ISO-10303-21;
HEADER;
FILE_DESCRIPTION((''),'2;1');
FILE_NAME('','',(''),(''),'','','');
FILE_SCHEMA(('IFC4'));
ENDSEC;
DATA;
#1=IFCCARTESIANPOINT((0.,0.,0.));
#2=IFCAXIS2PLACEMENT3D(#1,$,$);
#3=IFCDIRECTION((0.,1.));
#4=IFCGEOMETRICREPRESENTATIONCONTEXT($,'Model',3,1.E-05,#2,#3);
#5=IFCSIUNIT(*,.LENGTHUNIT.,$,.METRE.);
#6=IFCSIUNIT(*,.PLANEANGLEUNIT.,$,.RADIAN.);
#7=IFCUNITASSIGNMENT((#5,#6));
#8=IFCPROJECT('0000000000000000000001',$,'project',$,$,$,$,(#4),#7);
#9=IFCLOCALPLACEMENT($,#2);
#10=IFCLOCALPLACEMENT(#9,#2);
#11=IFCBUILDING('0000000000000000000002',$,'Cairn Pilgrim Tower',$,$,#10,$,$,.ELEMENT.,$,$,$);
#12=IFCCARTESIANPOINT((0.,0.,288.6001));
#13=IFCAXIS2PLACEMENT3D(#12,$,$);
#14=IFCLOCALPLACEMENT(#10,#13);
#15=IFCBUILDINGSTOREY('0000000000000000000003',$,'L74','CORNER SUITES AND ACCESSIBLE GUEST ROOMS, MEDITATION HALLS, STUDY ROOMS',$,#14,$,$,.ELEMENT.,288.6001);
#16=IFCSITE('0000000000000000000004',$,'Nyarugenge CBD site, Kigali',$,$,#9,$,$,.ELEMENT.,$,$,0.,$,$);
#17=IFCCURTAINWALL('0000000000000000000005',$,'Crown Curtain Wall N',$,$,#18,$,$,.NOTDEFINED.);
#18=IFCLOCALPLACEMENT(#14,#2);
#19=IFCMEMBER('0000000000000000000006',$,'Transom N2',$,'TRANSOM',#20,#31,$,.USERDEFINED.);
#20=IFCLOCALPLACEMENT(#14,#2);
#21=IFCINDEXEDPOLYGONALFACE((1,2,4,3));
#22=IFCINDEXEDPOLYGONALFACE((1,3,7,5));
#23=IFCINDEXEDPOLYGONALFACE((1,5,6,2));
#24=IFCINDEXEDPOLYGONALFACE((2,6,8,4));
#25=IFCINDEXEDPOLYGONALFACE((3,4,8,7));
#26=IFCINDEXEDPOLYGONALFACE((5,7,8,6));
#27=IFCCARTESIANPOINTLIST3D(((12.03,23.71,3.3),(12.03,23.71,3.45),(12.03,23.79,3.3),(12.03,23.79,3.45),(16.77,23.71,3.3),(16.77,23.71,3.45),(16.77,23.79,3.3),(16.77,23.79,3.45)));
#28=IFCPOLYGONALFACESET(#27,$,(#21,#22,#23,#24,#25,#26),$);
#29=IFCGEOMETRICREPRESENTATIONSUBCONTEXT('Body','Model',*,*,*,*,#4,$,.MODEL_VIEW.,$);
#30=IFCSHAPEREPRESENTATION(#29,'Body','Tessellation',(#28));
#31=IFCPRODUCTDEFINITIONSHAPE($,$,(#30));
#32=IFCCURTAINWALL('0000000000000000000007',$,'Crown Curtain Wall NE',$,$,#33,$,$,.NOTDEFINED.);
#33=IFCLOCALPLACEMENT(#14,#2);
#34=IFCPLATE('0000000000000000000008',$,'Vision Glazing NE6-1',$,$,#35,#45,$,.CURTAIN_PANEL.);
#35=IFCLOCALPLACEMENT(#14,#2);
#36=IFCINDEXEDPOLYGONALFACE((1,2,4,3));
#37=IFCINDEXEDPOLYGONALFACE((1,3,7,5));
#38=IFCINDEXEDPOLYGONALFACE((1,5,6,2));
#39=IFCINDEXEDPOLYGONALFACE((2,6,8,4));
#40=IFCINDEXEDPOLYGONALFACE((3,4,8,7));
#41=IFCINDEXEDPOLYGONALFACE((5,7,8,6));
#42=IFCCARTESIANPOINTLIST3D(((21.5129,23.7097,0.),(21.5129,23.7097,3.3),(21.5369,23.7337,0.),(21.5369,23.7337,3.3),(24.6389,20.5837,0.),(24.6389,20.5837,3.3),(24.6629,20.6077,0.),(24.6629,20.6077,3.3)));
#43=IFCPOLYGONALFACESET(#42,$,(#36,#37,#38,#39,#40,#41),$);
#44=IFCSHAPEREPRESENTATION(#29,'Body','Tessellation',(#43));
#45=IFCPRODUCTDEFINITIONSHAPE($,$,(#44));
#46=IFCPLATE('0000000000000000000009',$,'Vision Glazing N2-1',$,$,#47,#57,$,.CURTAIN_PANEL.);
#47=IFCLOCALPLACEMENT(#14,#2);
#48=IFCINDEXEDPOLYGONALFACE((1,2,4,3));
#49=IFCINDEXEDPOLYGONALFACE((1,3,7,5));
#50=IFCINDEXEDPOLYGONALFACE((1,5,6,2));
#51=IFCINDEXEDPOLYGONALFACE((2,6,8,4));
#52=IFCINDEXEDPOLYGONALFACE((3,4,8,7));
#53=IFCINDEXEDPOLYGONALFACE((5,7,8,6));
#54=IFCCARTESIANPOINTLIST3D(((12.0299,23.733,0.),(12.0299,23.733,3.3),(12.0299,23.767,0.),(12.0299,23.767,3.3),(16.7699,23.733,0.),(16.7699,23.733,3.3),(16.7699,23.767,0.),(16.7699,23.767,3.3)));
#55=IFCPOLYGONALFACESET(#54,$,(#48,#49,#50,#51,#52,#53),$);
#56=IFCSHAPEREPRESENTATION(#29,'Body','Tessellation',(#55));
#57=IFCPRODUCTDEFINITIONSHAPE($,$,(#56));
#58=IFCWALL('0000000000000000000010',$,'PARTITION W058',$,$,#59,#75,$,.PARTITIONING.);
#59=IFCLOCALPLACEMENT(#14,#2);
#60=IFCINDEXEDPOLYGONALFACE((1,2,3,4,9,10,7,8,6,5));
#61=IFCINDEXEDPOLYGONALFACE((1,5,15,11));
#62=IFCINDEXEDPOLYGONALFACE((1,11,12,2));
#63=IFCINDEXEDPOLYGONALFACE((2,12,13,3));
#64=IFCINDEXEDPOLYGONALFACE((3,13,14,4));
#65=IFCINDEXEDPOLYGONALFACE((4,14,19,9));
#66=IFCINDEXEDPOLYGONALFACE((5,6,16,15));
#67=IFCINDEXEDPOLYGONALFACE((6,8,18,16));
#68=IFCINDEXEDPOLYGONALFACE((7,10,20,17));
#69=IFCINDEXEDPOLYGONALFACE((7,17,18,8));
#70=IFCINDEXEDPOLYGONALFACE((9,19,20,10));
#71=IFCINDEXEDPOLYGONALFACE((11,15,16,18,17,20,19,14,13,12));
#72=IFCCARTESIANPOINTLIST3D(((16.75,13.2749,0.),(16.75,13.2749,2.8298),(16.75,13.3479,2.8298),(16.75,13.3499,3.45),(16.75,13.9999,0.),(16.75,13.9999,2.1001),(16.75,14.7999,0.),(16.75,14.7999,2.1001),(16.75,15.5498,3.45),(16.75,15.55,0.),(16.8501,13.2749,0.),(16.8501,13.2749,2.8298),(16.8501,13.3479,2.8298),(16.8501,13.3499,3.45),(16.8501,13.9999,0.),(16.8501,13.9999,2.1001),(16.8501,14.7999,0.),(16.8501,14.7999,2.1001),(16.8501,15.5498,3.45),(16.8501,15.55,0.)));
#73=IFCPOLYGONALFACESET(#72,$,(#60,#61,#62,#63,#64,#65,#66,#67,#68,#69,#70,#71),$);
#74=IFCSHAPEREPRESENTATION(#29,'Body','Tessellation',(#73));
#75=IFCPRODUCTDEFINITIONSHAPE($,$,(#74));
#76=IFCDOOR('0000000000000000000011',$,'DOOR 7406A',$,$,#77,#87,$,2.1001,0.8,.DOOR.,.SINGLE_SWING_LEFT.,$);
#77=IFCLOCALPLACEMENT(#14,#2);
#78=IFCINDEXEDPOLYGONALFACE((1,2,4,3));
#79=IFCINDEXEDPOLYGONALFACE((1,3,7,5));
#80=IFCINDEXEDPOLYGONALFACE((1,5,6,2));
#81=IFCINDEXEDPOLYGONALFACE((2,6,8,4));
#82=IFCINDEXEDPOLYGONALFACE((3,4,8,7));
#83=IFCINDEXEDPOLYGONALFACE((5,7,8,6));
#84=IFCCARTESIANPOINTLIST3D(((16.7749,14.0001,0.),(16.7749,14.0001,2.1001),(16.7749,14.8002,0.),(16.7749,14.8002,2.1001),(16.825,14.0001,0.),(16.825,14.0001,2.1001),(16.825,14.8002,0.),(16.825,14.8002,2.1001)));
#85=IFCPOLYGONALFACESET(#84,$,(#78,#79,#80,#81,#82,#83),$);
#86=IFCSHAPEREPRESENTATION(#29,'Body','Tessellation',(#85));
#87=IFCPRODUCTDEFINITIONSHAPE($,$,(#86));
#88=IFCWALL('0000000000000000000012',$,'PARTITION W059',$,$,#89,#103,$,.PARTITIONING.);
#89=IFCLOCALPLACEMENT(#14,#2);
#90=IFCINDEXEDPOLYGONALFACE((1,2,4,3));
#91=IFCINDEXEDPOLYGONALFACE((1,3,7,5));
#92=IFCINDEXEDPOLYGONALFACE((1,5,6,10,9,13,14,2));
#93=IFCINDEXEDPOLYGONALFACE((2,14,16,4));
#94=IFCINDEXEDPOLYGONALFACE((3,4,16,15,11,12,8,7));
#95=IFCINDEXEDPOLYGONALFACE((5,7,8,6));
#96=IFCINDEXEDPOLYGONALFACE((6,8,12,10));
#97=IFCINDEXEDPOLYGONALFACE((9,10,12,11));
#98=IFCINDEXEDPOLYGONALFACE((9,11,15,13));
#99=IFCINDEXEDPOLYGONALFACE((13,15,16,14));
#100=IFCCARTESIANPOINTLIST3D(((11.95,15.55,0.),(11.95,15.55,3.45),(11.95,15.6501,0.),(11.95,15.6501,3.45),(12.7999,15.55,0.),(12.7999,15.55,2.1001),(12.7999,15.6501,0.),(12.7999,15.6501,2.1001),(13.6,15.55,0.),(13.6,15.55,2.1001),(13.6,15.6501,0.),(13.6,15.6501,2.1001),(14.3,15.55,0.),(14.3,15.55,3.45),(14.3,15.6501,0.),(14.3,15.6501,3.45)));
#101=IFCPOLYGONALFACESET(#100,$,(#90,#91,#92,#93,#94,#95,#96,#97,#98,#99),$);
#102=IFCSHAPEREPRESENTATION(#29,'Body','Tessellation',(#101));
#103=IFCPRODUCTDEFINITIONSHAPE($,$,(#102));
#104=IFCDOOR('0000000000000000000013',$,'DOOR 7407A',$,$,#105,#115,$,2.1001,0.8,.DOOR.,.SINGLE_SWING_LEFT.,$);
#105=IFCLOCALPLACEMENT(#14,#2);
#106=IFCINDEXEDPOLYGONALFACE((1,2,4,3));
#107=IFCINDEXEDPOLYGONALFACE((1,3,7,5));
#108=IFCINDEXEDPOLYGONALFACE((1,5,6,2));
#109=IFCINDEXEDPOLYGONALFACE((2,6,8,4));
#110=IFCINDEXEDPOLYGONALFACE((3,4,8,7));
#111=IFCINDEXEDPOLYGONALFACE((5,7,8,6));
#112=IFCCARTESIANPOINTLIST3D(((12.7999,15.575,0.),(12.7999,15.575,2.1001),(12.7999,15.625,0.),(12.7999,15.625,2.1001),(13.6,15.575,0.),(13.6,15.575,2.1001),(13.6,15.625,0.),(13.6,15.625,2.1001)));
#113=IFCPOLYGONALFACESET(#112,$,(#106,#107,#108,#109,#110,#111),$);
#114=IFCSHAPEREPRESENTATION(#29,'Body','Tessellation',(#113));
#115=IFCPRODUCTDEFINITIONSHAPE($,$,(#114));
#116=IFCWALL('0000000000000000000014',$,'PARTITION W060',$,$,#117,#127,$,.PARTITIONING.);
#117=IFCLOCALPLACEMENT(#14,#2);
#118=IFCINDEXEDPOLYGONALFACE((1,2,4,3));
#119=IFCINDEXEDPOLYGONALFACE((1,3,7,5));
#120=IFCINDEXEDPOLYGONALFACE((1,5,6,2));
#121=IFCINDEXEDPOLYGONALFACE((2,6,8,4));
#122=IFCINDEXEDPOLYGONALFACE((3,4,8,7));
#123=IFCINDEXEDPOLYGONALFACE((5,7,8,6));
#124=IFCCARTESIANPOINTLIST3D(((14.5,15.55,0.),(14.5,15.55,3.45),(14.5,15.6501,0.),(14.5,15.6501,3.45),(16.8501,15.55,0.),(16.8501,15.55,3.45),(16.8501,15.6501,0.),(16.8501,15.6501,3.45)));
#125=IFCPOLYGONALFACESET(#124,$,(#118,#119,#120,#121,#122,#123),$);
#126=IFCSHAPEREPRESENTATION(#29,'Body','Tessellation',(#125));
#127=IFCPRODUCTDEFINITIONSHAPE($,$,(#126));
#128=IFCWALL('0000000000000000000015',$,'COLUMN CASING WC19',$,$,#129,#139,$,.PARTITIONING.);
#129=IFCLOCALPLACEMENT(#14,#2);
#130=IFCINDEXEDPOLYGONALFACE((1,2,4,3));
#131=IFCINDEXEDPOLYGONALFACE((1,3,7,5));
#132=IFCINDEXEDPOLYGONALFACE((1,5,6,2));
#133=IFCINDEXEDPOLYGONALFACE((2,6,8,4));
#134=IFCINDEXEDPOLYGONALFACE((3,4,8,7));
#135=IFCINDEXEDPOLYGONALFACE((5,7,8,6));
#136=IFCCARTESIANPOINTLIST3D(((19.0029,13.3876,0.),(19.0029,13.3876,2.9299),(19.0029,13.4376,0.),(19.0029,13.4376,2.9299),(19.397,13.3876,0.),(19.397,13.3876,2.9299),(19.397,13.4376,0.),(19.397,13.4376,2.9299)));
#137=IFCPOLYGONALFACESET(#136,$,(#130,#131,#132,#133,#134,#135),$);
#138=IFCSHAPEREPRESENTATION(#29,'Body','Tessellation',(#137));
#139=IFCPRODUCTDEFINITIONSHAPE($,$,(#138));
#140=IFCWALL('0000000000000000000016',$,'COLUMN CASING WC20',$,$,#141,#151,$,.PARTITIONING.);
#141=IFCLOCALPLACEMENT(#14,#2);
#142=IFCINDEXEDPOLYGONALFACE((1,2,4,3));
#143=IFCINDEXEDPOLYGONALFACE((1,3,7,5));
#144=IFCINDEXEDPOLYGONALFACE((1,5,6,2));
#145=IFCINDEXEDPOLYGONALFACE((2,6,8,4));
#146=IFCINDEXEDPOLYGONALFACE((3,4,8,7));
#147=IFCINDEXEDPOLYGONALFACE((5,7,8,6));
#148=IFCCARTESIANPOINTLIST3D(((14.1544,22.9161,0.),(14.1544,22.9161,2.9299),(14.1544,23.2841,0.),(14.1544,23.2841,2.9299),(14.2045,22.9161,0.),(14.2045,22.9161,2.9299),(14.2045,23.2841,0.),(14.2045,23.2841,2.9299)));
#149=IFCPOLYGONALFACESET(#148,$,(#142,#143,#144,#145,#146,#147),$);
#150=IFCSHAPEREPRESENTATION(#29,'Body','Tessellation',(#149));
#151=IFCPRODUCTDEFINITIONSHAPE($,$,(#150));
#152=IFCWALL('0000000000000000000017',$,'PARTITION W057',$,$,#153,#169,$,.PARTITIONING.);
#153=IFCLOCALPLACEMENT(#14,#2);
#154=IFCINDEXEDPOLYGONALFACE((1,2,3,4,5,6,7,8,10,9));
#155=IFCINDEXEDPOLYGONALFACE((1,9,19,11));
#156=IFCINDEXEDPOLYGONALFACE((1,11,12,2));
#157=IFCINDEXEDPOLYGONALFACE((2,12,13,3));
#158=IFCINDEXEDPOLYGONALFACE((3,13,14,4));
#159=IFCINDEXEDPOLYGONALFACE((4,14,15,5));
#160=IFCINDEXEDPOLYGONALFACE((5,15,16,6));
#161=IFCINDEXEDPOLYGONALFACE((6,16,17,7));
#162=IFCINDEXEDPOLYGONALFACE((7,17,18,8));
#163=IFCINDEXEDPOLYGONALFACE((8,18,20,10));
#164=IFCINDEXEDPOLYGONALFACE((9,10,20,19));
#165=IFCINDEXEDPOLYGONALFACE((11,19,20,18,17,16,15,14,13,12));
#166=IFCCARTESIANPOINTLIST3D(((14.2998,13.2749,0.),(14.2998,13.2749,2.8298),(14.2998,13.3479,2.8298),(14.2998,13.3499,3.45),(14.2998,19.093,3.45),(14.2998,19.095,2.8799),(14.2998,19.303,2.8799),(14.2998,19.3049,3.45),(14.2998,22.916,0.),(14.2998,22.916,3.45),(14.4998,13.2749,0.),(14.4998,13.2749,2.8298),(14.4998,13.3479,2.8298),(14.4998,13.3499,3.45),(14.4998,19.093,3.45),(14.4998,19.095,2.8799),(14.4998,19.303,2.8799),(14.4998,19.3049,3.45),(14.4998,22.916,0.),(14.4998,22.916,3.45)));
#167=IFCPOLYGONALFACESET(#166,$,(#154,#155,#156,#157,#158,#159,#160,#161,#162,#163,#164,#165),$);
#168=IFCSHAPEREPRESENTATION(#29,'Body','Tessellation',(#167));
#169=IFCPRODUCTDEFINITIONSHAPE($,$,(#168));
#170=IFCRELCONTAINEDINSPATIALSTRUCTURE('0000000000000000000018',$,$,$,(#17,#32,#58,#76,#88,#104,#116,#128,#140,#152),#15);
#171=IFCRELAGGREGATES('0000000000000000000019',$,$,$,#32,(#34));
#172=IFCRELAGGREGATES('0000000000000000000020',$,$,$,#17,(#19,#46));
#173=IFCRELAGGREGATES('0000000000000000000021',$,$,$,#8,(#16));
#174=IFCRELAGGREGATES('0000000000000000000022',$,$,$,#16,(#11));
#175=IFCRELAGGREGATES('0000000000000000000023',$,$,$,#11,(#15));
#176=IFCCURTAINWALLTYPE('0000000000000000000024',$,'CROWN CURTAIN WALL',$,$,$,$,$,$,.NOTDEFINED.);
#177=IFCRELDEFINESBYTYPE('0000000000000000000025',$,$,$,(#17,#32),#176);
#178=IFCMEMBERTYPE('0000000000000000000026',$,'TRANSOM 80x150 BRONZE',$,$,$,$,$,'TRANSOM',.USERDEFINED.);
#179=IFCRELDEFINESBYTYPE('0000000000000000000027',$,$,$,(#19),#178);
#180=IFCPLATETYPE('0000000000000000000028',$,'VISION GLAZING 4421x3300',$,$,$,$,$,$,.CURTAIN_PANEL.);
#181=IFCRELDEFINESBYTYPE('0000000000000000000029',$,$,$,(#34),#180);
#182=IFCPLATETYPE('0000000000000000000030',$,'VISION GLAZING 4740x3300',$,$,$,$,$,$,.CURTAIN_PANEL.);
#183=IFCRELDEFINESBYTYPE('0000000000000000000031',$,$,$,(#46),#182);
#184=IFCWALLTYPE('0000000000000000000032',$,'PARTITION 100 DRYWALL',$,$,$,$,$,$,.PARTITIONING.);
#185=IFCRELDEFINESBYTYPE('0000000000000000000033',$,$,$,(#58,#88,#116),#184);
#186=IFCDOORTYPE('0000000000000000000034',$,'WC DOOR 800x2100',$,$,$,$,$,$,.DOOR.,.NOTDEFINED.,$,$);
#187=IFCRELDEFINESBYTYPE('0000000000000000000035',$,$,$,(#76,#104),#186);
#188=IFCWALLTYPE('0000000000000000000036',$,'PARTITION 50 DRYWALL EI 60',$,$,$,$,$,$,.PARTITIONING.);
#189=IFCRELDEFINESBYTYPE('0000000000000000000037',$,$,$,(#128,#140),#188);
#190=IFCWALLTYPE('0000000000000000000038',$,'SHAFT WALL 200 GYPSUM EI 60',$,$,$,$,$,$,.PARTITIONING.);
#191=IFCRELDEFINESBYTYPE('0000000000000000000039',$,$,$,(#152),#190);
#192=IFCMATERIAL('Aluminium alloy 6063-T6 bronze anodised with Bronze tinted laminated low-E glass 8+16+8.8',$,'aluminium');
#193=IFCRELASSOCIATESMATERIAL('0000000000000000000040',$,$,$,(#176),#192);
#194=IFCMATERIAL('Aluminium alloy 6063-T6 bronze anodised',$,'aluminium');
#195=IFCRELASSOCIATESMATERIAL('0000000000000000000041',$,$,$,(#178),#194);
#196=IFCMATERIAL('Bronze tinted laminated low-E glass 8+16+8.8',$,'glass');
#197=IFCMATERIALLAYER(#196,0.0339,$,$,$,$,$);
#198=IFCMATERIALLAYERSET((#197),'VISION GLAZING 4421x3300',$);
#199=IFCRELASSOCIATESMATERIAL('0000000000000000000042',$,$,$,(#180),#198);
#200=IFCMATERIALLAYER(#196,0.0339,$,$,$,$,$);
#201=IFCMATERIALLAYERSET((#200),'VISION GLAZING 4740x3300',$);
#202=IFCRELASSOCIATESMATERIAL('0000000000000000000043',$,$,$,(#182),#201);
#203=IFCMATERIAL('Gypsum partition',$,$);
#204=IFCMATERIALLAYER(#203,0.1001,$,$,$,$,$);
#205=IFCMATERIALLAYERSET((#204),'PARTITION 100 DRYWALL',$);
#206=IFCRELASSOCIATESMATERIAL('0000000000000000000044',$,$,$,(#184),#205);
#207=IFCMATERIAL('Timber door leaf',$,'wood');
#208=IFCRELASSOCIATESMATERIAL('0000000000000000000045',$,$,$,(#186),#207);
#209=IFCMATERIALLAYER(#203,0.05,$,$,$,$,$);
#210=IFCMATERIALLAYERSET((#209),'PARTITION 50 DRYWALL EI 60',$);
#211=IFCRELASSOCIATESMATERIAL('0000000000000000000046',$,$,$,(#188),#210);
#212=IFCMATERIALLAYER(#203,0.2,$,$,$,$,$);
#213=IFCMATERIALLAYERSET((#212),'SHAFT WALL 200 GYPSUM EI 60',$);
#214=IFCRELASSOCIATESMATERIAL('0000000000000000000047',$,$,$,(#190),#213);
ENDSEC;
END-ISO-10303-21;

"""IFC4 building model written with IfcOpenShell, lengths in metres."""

from ifc_helpers import new_model, si_unit, direction, frame, frame_2d, origin, origin_2d, place, context, subcontext, project, spatial, polyline, rectangle, outline, extrude, material, layer, layer_set, material_profile, profile_set, type_object, element, fill, aggregate, save


model = new_model("IFC4")

# Units and contexts
model_context = context("Model", 3, precision=1e-05, world=origin(), true_north=direction((0.0, 1.0)))
body_context = subcontext(model_context, "Body", "Model", "MODEL_VIEW")
ifc_project = project(units=[si_unit("LENGTHUNIT", "METRE"), si_unit("PLANEANGLEUNIT", "RADIAN")], contexts=[model_context])

# Site, building, storey
site_placement = place(None, origin())
site = spatial("IfcSite", under=ifc_project, at=site_placement, Name="Nyarugenge CBD site, Kigali", CompositionType="ELEMENT", RefElevation=0.0)
building_placement = place(site_placement, origin())
building = spatial("IfcBuilding", under=site, at=building_placement, Name="Cairn Pilgrim Tower", CompositionType="ELEMENT")
storey_placement = place(building_placement, frame((0.0, 0.0, 288.6001)))
storey = spatial("IfcBuildingStorey", under=building, at=storey_placement, Name="L74", Description="CORNER SUITES AND ACCESSIBLE GUEST ROOMS, MEDITATION HALLS, STUDY ROOMS", CompositionType="ELEMENT", Elevation=288.6001)

# Curtain wall
ifc_material_1 = material(Name="Aluminium alloy 6063-T6 bronze anodised with Bronze tinted laminated low-E glass 8+16+8.8", Category="aluminium")
curtain_wall_type = type_object("IfcCurtainWallType", Name="CROWN CURTAIN WALL", PredefinedType="NOTDEFINED", material=ifc_material_1)
curtain_wall_1_placement = place(storey_placement, origin())
curtain_wall_1 = element("IfcCurtainWall", 1, at=curtain_wall_1_placement, inside=storey, type_object=curtain_wall_type, Name="Crown Curtain Wall N", PredefinedType="NOTDEFINED")
ifc_material_2 = material(Name="Aluminium alloy 6063-T6 bronze anodised", Category="aluminium")

# Member
ifc_material_profile_1 = material_profile(ifc_material_2, rectangle(XDim=0.0801, YDim=0.1499, at=origin_2d()), Name="TRANSOM 80x150 BRONZE")
ifc_profile_set_1 = profile_set([ifc_material_profile_1], Name="Aluminium alloy 6063-T6 bronze anodised")
member_type_1 = type_object("IfcMemberType", Name="TRANSOM 80x150 BRONZE", ElementType="TRANSOM", PredefinedType="USERDEFINED", material=ifc_profile_set_1)
member_1_placement = place(storey_placement, frame((16.77, 23.75, 3.375), z_axis=(-1.0, 0.0, 0.0), x_axis=(0.0, -1.0, 0.0)))
member_1 = element("IfcMember", 2, at=member_1_placement, type_object=member_type_1, Name="Transom N2", ObjectType="TRANSOM", PredefinedType="USERDEFINED", context=body_context, shape_type="SweptSolid", body=[
    extrude(rectangle(XDim=0.0801, YDim=0.1499, at=origin_2d()), origin(), (0.0, 0.0, 1.0), 4.74),
])

# Curtain wall, plate
curtain_wall_2_placement = place(storey_placement, origin())
curtain_wall_2 = element("IfcCurtainWall", 3, at=curtain_wall_2_placement, inside=storey, type_object=curtain_wall_type, Name="Crown Curtain Wall NE", PredefinedType="NOTDEFINED")
ifc_material_3 = material(Name="Bronze tinted laminated low-E glass 8+16+8.8", Category="glass")
ifc_layer_1 = layer(ifc_material_3, 0.0339)
ifc_layer_set_1 = layer_set([ifc_layer_1], Name="VISION GLAZING 4421x3300")
plate_type_1 = type_object("IfcPlateType", Name="VISION GLAZING 4421x3300", PredefinedType="CURTAIN_PANEL", material=ifc_layer_set_1)
plate_1_placement = place(storey_placement, frame((23.0879, 22.1587, 0.0), z_axis=(0.0, 0.0, 1.0), x_axis=(-0.707107, 0.707107, 0.0)))
plate_1 = element("IfcPlate", 4, at=plate_1_placement, type_object=plate_type_1, Name="Vision Glazing NE6-1", PredefinedType="CURTAIN_PANEL", context=body_context, shape_type="SweptSolid", body=[
    extrude(rectangle(XDim=4.4209, YDim=0.0339, at=origin_2d()), origin(), (0.0, 0.0, 1.0), 3.3),
])
aggregate(curtain_wall_2, [plate_1])

# Plate
ifc_layer_2 = layer(ifc_material_3, 0.0339)
ifc_layer_set_2 = layer_set([ifc_layer_2], Name="VISION GLAZING 4740x3300")
plate_type_2 = type_object("IfcPlateType", Name="VISION GLAZING 4740x3300", PredefinedType="CURTAIN_PANEL", material=ifc_layer_set_2)
plate_2_placement = place(storey_placement, frame((14.3999, 23.75, 0.0), z_axis=(0.0, 0.0, 1.0), x_axis=(-1.0, 0.0, 0.0)))
plate_2 = element("IfcPlate", 5, at=plate_2_placement, type_object=plate_type_2, Name="Vision Glazing N2-1", PredefinedType="CURTAIN_PANEL", context=body_context, shape_type="SweptSolid", body=[
    extrude(rectangle(XDim=4.74, YDim=0.0339, at=origin_2d()), origin(), (0.0, 0.0, 1.0), 3.3),
])
aggregate(curtain_wall_1, [member_1, plate_2])

# Walls, openings, doors
ifc_material_4 = material(Name="Gypsum partition")
ifc_layer_3 = layer(ifc_material_4, 0.1001)
ifc_layer_set_3 = layer_set([ifc_layer_3], Name="PARTITION 100 DRYWALL")
wall_type_1 = type_object("IfcWallType", Name="PARTITION 100 DRYWALL", PredefinedType="PARTITIONING", material=ifc_layer_set_3)
wall_1_placement = place(storey_placement, frame((16.8, 13.2749, 0.0), z_axis=(0.0, 0.0, 1.0), x_axis=(0.0, 1.0, 0.0)))
wall_1 = element("IfcWall", 6, at=wall_1_placement, inside=storey, type_object=wall_type_1, Name="PARTITION W058", PredefinedType="PARTITIONING", context=body_context, shape_type="SweptSolid", body=[
    extrude(outline(polyline([(0.0, 0.0), (2.2751, 0.0), (2.2749, 3.45), (0.075, 3.45), (0.073, 2.8298), (0.0, 2.8298), (0.0, 0.0)])), frame((0.0, 0.05, 0.0), z_axis=(0.0, -1.0, 0.0), x_axis=(1.0, 0.0, 0.0)), (0.0, 0.0, 1.0), 0.1001),
])
opening_1_placement = place(wall_1_placement, frame((0.7251, 0.0, 0.0)))
opening_1 = element("IfcOpeningElement", 7, at=opening_1_placement, cuts=wall_1, PredefinedType="OPENING", context=body_context, shape_type="SweptSolid", body=[
    extrude(rectangle(XDim=0.8, YDim=2.1001, at=frame_2d((0.3999, 1.05))), frame((0.0, 0.0601, 0.0), z_axis=(0.0, -1.0, 0.0), x_axis=(1.0, 0.0, 0.0)), (0.0, 0.0, 1.0), 0.1201),
])
ifc_material_5 = material(Name="Timber door leaf", Category="wood")
door_type_1 = type_object("IfcDoorType", Name="WC DOOR 800x2100", OperationType="NOTDEFINED", PredefinedType="DOOR", material=ifc_material_5)
door_1_placement = place(opening_1_placement, frame((0.8, 0.0, 0.0), z_axis=(0.0, 0.0, 1.0), x_axis=(-1.0, 0.0, 0.0)))
door_1 = element("IfcDoor", 8, at=door_1_placement, inside=storey, type_object=door_type_1, Name="DOOR 7406A", OperationType="SINGLE_SWING_LEFT", OverallHeight=2.1001, OverallWidth=0.8, PredefinedType="DOOR", context=body_context, shape_type="SweptSolid", body=[
    extrude(rectangle(XDim=0.8, YDim=2.1001, at=frame_2d((0.3999, 1.05))), frame((0.0, 0.0249, 0.0), z_axis=(0.0, -1.0, 0.0), x_axis=(1.0, 0.0, 0.0)), (0.0, 0.0, 1.0), 0.05),
])
fill(opening_1, door_1)
wall_2_placement = place(storey_placement, frame((11.95, 15.6001, 0.0), z_axis=(0.0, 0.0, 1.0), x_axis=(1.0, 0.0, 0.0)))
wall_2 = element("IfcWall", 9, at=wall_2_placement, inside=storey, type_object=wall_type_1, Name="PARTITION W059", PredefinedType="PARTITIONING", context=body_context, shape_type="SweptSolid", body=[
    extrude(rectangle(XDim=2.3501, YDim=0.1001, at=frame_2d((1.175, 0.0))), origin(), (0.0, 0.0, 1.0), 3.45),
])
opening_2_placement = place(wall_2_placement, frame((0.8501, 0.0, 0.0)))
opening_2 = element("IfcOpeningElement", 10, at=opening_2_placement, cuts=wall_2, PredefinedType="OPENING", context=body_context, shape_type="SweptSolid", body=[
    extrude(rectangle(XDim=0.8, YDim=2.1001, at=frame_2d((0.3999, 1.05))), frame((0.0, 0.0601, 0.0), z_axis=(0.0, -1.0, 0.0), x_axis=(1.0, 0.0, 0.0)), (0.0, 0.0, 1.0), 0.1201),
])
door_2_placement = place(opening_2_placement, origin())
door_2 = element("IfcDoor", 11, at=door_2_placement, inside=storey, type_object=door_type_1, Name="DOOR 7407A", OperationType="SINGLE_SWING_LEFT", OverallHeight=2.1001, OverallWidth=0.8, PredefinedType="DOOR", context=body_context, shape_type="SweptSolid", body=[
    extrude(rectangle(XDim=0.8, YDim=2.1001, at=frame_2d((0.3999, 1.05))), frame((0.0, 0.0249, 0.0), z_axis=(0.0, -1.0, 0.0), x_axis=(1.0, 0.0, 0.0)), (0.0, 0.0, 1.0), 0.05),
])
fill(opening_2, door_2)

# Walls
wall_3_placement = place(storey_placement, frame((14.5, 15.6001, 0.0), z_axis=(0.0, 0.0, 1.0), x_axis=(1.0, 0.0, 0.0)))
element("IfcWall", 12, at=wall_3_placement, inside=storey, type_object=wall_type_1, Name="PARTITION W060", PredefinedType="PARTITIONING", context=body_context, shape_type="SweptSolid", body=[
    extrude(rectangle(XDim=2.3501, YDim=0.1001, at=frame_2d((1.175, 0.0))), origin(), (0.0, 0.0, 1.0), 3.45),
])
ifc_layer_4 = layer(ifc_material_4, 0.05)
ifc_layer_set_4 = layer_set([ifc_layer_4], Name="PARTITION 50 DRYWALL EI 60")
wall_type_2 = type_object("IfcWallType", Name="PARTITION 50 DRYWALL EI 60", PredefinedType="PARTITIONING", material=ifc_layer_set_4)
wall_4_placement = place(storey_placement, frame((19.0029, 13.4126, 0.0), z_axis=(0.0, 0.0, 1.0), x_axis=(1.0, 0.0, 0.0)))
element("IfcWall", 13, at=wall_4_placement, inside=storey, type_object=wall_type_2, Name="COLUMN CASING WC19", PredefinedType="PARTITIONING", context=body_context, shape_type="SweptSolid", body=[
    extrude(rectangle(XDim=0.394, YDim=0.05, at=frame_2d((0.197, 0.0))), origin(), (0.0, 0.0, 1.0), 2.9299),
])
wall_5_placement = place(storey_placement, frame((14.1794, 22.916, 0.0), z_axis=(0.0, 0.0, 1.0), x_axis=(0.0, 1.0, 0.0)))
element("IfcWall", 14, at=wall_5_placement, inside=storey, type_object=wall_type_2, Name="COLUMN CASING WC20", PredefinedType="PARTITIONING", context=body_context, shape_type="SweptSolid", body=[
    extrude(rectangle(XDim=0.3679, YDim=0.05, at=frame_2d((0.1841, 0.0))), origin(), (0.0, 0.0, 1.0), 2.9299),
])
ifc_layer_5 = layer(ifc_material_4, 0.2)
ifc_layer_set_5 = layer_set([ifc_layer_5], Name="SHAFT WALL 200 GYPSUM EI 60")
wall_type_3 = type_object("IfcWallType", Name="SHAFT WALL 200 GYPSUM EI 60", PredefinedType="PARTITIONING", material=ifc_layer_set_5)
wall_6_placement = place(storey_placement, frame((14.3999, 13.2749, 0.0), z_axis=(0.0, 0.0, 1.0), x_axis=(0.0, 1.0, 0.0)))
element("IfcWall", 15, at=wall_6_placement, inside=storey, type_object=wall_type_3, Name="PARTITION W057", PredefinedType="PARTITIONING", context=body_context, shape_type="SweptSolid", body=[
    extrude(outline(polyline([(0.0, 0.0), (9.6411, 0.0), (9.6411, 3.45), (6.03, 3.45), (6.0281, 2.8799), (5.8201, 2.8799), (5.8181, 3.45), (0.075, 3.45), (0.073, 2.8298), (0.0, 2.8298), (0.0, 0.0)])), frame((0.0, 0.1001, 0.0), z_axis=(0.0, -1.0, 0.0), x_axis=(1.0, 0.0, 0.0)), (0.0, 0.0, 1.0), 0.2),
])

save(model, "model.ifc")
